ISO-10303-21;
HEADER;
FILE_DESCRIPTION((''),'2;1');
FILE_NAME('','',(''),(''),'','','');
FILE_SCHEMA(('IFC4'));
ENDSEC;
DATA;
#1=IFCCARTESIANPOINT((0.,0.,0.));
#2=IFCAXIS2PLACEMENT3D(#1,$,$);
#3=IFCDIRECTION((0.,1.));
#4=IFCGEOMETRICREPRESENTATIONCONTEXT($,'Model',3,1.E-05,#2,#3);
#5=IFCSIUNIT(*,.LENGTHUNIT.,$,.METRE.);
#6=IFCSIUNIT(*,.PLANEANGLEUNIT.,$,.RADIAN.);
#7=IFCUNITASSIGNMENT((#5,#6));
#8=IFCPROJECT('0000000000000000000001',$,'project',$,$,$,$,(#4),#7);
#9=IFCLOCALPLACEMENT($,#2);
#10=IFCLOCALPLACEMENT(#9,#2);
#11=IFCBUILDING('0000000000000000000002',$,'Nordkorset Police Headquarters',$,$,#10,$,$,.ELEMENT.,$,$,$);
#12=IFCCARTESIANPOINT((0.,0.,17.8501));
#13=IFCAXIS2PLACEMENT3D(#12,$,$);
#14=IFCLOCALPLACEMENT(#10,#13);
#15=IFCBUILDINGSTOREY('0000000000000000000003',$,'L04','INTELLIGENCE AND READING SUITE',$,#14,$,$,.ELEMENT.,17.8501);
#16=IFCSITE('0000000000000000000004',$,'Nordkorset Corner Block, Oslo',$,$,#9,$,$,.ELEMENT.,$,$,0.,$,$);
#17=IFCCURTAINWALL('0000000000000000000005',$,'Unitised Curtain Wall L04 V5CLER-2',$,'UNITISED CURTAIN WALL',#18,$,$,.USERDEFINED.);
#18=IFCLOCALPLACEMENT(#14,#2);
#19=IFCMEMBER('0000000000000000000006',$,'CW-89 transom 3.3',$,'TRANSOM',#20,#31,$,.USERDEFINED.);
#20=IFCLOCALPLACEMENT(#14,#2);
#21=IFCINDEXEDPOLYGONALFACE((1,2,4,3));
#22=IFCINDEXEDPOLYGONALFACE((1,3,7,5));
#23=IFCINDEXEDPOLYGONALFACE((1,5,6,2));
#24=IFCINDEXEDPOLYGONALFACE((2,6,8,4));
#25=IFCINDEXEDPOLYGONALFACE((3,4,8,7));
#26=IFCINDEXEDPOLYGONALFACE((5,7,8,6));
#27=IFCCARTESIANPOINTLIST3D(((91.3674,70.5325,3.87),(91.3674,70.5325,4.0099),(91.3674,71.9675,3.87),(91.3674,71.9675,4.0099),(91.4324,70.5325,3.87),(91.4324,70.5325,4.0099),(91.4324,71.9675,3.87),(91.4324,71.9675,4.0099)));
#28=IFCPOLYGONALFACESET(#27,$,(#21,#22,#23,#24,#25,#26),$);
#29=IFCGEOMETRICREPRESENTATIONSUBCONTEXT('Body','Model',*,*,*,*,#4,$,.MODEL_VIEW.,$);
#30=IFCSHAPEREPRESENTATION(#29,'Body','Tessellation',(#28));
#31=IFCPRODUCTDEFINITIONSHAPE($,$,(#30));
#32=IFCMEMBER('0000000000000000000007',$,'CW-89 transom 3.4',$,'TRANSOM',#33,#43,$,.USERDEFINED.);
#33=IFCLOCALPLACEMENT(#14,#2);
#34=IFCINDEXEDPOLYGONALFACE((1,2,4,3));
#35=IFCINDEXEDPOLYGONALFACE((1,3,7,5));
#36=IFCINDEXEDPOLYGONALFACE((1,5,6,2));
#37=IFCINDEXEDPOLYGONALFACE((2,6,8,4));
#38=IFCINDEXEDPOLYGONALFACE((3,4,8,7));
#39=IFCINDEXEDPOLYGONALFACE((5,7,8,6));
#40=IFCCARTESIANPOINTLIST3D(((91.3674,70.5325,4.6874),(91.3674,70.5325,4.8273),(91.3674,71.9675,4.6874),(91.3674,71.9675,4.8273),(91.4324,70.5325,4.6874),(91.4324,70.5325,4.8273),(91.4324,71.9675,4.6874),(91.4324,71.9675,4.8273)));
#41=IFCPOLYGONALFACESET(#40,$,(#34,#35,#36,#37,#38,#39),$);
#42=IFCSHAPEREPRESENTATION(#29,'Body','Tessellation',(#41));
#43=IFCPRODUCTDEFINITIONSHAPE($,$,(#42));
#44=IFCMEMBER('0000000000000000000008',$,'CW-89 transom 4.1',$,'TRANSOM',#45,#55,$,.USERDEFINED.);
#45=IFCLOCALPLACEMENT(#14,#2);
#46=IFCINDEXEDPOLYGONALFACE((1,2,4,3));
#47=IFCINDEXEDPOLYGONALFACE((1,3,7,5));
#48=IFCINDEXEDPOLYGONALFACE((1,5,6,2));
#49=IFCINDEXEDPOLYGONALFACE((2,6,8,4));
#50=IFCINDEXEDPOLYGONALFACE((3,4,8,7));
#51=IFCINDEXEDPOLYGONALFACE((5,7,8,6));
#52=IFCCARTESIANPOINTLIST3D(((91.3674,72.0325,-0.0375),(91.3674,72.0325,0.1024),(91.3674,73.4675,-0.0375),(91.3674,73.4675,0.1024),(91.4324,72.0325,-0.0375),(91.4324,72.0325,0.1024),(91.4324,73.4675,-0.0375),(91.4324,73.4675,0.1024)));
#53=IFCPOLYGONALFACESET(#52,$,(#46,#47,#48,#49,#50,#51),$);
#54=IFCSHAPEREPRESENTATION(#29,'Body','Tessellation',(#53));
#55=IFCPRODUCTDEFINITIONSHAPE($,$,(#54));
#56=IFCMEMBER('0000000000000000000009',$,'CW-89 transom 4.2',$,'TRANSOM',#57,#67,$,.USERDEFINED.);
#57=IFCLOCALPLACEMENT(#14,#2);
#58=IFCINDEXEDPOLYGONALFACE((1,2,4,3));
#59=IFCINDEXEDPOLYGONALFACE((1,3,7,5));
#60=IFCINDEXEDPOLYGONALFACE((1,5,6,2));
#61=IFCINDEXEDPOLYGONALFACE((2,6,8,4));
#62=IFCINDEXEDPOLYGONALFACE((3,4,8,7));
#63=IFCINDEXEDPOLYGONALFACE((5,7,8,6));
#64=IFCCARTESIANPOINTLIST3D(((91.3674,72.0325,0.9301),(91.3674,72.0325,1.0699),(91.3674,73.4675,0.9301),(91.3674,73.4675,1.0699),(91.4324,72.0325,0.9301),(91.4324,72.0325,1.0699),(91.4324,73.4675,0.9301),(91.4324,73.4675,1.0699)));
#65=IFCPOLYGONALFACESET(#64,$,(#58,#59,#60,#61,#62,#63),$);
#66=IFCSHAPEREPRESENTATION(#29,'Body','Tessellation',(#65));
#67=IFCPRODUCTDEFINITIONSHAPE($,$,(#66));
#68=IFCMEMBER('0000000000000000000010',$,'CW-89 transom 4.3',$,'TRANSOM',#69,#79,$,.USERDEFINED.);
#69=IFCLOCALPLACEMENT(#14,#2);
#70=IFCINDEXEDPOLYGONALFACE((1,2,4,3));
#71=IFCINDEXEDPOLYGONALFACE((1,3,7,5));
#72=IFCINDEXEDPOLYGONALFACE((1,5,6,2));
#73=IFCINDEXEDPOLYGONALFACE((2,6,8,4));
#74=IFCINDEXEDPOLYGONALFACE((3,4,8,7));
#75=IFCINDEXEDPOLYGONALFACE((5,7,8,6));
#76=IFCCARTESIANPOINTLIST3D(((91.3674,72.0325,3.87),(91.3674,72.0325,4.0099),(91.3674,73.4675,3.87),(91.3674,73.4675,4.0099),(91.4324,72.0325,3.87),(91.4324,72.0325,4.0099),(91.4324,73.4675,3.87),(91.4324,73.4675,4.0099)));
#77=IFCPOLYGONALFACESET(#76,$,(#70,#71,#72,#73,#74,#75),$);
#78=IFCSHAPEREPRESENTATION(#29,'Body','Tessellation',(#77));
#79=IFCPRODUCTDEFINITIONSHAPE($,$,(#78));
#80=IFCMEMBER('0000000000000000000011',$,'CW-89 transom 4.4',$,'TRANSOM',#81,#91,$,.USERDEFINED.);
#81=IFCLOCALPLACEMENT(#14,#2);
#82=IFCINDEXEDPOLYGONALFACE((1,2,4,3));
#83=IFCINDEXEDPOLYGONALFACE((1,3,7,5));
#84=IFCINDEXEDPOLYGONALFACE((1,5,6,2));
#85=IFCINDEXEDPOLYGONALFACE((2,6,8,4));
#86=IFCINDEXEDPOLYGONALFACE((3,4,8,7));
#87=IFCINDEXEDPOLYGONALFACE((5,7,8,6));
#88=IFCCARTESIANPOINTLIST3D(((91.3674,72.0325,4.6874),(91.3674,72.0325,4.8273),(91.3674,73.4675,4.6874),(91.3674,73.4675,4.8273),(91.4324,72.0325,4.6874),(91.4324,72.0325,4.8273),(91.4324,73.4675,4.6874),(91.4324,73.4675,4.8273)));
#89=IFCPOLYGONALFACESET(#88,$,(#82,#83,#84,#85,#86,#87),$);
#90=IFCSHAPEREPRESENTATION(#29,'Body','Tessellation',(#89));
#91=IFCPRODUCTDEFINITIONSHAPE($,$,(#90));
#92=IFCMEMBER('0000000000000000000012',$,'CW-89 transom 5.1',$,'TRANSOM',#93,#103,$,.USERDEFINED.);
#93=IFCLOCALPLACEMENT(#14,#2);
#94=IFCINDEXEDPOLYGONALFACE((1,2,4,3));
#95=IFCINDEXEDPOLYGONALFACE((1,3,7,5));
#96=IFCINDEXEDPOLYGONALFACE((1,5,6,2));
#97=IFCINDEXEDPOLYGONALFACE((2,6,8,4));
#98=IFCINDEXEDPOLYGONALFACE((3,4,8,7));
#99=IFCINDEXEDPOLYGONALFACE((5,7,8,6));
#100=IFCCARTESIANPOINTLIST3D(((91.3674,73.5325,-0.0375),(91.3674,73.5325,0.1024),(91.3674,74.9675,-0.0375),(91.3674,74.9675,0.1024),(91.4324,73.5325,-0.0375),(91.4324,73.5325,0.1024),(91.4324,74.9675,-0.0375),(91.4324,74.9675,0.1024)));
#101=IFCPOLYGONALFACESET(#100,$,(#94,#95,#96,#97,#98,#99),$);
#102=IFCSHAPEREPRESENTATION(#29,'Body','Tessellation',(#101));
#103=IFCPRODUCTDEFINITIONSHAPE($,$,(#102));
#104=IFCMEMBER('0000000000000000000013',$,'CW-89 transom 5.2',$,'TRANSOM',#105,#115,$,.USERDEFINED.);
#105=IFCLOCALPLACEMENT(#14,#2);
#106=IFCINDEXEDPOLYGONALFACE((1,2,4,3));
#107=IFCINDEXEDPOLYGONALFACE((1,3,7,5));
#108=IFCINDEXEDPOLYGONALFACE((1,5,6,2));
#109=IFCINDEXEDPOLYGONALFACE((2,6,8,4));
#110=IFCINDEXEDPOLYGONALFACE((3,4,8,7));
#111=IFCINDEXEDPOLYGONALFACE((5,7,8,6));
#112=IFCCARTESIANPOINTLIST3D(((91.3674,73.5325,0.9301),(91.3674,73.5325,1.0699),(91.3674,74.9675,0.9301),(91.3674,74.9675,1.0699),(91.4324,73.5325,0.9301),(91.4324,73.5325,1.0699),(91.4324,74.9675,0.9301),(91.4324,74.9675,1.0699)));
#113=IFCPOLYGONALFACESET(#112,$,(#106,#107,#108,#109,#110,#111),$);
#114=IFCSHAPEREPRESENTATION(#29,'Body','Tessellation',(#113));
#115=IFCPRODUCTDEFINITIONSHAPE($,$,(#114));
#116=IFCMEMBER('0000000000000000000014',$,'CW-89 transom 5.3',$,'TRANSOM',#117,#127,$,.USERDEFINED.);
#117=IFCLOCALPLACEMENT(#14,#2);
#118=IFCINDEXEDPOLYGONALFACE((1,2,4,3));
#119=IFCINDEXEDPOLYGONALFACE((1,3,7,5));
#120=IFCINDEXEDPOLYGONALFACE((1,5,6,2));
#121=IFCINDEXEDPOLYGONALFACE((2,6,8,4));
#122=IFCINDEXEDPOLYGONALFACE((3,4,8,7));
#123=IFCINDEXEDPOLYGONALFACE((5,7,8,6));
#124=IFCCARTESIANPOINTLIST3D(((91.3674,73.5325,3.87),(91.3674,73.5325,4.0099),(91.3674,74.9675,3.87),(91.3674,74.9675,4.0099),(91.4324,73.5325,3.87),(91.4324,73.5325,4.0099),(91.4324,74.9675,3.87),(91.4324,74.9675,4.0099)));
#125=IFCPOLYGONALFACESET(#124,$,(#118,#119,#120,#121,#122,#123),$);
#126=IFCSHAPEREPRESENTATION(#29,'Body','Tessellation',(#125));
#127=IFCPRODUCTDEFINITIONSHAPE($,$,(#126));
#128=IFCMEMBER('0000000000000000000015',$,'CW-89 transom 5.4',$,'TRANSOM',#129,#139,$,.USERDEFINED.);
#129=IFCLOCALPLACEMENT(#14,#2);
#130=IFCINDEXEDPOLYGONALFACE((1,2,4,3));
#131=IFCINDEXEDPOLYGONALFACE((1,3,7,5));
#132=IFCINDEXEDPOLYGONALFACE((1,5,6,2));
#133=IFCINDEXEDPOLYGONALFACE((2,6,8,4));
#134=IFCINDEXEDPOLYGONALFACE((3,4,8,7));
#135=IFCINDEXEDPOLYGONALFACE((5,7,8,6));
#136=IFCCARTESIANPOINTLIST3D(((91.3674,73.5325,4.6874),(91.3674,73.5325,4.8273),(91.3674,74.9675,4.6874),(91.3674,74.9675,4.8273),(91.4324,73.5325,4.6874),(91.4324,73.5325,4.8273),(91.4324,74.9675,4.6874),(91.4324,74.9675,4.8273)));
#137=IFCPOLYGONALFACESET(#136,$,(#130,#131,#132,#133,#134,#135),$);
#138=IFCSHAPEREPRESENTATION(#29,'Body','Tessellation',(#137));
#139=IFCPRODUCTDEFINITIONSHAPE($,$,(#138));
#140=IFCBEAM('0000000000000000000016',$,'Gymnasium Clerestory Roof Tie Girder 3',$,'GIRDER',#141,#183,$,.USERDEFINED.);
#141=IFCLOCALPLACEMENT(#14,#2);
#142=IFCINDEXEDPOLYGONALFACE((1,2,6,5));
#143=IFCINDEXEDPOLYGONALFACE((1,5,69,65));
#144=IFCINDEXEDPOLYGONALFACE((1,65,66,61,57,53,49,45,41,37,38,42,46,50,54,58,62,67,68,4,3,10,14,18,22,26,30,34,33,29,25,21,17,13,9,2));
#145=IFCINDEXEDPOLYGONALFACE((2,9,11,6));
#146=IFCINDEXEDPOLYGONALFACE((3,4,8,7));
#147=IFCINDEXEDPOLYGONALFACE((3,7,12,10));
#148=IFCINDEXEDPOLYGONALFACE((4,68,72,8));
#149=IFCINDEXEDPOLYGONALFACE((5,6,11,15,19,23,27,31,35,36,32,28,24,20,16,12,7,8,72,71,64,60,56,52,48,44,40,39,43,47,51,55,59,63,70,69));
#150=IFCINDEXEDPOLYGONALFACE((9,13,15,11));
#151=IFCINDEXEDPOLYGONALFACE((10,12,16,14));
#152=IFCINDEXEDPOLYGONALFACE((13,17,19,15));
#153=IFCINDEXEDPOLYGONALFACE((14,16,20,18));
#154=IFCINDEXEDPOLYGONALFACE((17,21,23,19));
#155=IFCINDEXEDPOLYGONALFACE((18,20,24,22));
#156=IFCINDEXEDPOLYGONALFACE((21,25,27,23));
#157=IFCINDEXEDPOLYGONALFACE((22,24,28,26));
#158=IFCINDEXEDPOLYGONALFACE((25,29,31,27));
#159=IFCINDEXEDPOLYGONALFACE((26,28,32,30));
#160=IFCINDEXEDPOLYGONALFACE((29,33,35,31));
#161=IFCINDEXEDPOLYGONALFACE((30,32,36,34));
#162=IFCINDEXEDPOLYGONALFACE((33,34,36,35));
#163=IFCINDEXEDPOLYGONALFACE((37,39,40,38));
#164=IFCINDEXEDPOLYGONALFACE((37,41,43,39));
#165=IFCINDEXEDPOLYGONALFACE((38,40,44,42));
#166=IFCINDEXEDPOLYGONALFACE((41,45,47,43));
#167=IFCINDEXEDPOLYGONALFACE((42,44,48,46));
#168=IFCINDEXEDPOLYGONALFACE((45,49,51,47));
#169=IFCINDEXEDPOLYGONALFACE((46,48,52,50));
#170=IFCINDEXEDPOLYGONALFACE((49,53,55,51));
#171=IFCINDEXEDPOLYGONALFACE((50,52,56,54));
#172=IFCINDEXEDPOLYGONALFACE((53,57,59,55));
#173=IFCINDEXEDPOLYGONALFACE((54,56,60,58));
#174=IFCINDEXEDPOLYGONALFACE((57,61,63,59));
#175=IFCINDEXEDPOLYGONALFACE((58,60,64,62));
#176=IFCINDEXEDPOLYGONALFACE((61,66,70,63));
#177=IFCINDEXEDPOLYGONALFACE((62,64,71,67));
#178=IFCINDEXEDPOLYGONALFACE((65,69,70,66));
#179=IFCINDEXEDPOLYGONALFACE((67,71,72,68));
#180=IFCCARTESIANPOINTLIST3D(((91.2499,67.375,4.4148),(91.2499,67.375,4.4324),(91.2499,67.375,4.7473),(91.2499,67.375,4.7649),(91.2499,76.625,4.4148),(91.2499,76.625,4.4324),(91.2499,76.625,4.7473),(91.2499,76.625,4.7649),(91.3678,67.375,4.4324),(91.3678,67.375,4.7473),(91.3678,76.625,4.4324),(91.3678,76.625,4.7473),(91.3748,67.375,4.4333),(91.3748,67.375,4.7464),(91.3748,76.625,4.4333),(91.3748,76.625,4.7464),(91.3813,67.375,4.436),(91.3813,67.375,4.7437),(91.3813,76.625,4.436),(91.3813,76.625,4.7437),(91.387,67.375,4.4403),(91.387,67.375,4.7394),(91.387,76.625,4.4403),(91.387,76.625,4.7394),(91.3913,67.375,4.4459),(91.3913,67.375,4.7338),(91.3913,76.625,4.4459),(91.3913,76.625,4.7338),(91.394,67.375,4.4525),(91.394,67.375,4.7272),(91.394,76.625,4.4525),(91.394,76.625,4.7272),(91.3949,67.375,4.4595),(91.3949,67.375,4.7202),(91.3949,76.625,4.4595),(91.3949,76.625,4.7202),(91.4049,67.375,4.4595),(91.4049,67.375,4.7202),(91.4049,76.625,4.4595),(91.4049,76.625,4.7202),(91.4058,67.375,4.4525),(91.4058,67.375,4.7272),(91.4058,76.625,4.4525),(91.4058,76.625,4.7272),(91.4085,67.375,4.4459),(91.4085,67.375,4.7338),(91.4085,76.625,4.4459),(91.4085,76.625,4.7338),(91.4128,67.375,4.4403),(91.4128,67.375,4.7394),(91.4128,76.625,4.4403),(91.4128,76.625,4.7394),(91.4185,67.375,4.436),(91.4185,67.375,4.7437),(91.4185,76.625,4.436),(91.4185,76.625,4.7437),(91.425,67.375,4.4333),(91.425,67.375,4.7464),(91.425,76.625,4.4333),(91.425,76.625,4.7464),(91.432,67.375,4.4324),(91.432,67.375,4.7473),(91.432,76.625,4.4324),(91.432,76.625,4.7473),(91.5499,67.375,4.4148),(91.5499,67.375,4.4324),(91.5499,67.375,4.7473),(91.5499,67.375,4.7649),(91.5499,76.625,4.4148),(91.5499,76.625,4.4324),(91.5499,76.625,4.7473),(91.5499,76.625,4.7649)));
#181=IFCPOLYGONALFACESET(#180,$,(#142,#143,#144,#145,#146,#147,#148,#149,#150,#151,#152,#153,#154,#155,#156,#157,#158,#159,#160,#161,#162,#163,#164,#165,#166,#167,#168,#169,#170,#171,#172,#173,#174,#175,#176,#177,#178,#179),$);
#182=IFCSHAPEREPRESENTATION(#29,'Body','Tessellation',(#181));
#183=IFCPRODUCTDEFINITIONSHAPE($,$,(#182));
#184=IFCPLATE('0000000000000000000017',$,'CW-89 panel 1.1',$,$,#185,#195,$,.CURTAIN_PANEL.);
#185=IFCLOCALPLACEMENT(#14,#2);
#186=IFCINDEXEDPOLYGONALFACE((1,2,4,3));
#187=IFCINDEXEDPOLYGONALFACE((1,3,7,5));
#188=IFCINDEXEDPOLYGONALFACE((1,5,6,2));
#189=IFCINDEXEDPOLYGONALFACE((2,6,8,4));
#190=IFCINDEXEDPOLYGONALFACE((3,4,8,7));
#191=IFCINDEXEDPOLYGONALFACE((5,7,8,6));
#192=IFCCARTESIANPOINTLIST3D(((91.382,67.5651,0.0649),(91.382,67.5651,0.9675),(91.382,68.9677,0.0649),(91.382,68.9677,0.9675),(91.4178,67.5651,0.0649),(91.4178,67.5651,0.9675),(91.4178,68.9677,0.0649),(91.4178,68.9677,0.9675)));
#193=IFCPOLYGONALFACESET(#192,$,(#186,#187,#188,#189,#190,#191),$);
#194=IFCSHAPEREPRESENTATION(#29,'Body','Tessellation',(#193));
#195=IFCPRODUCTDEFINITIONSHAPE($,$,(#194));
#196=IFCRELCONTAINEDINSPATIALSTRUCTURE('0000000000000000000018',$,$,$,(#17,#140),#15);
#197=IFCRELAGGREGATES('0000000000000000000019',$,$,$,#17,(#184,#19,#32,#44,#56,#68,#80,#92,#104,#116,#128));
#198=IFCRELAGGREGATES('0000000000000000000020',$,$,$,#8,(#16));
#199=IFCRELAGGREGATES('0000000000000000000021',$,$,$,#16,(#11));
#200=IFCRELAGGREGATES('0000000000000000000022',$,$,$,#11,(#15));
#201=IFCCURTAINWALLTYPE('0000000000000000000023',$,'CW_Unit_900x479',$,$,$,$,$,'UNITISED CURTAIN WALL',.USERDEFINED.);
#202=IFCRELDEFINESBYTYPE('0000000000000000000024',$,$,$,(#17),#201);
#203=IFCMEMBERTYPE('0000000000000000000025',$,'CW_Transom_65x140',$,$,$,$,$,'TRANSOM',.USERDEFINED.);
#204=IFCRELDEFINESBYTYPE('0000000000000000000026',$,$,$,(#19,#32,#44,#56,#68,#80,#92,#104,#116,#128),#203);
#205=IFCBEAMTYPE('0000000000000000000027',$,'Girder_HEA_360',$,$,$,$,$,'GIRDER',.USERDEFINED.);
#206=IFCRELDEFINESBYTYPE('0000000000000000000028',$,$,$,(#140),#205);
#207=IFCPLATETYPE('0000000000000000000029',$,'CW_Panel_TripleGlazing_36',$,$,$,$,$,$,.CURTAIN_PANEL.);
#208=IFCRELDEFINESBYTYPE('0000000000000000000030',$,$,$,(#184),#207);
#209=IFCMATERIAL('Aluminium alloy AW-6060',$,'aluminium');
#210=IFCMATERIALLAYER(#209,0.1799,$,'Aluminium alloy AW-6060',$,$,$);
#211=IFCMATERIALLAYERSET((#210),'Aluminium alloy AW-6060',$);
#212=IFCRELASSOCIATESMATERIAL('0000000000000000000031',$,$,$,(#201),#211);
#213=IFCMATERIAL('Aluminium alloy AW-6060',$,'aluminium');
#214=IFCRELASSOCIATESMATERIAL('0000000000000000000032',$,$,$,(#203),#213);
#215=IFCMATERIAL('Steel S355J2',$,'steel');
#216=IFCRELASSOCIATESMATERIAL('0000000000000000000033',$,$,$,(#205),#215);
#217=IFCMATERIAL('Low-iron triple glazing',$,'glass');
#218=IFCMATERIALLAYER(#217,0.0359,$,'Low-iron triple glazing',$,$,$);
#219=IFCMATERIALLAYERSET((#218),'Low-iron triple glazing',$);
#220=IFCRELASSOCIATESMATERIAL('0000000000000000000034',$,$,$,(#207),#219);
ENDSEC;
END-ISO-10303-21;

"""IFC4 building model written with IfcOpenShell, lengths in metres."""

from ifc_helpers import new_model, si_unit, direction, frame, origin, origin_2d, place, context, subcontext, project, spatial, rectangle, i_section, extrude, material, layer, layer_set, material_profile, profile_set, type_object, element, aggregate, save


model = new_model("IFC4")

# Units and contexts
model_context = context("Model", 3, precision=1e-05, world=origin(), true_north=direction((0.0, 1.0)))
body_context = subcontext(model_context, "Body", "Model", "MODEL_VIEW")
ifc_project = project(units=[si_unit("LENGTHUNIT", "METRE"), si_unit("PLANEANGLEUNIT", "RADIAN")], contexts=[model_context])

# Site, building, storey
site_placement = place(None, origin())
site = spatial("IfcSite", under=ifc_project, at=site_placement, Name="Nordkorset Corner Block, Oslo", CompositionType="ELEMENT", RefElevation=0.0)
building_placement = place(site_placement, origin())
building = spatial("IfcBuilding", under=site, at=building_placement, Name="Nordkorset Police Headquarters", CompositionType="ELEMENT")
storey_placement = place(building_placement, frame((0.0, 0.0, 17.8501)))
storey = spatial("IfcBuildingStorey", under=building, at=storey_placement, Name="L04", Description="INTELLIGENCE AND READING SUITE", CompositionType="ELEMENT", Elevation=17.8501)

# Curtain wall, members
ifc_material_1 = material(Name="Aluminium alloy AW-6060", Category="aluminium")
ifc_layer_1 = layer(ifc_material_1, 0.1799, Name="Aluminium alloy AW-6060")
ifc_layer_set_1 = layer_set([ifc_layer_1], Name="Aluminium alloy AW-6060")
curtain_wall_type = type_object("IfcCurtainWallType", Name="CW_Unit_900x479", ElementType="UNITISED CURTAIN WALL", PredefinedType="USERDEFINED", material=ifc_layer_set_1)
curtain_wall_placement = place(storey_placement, origin())
curtain_wall = element("IfcCurtainWall", 1, at=curtain_wall_placement, inside=storey, type_object=curtain_wall_type, Name="Unitised Curtain Wall L04 V5CLER-2", ObjectType="UNITISED CURTAIN WALL", PredefinedType="USERDEFINED")
ifc_material_2 = material(Name="Aluminium alloy AW-6060", Category="aluminium")
ifc_material_profile_1 = material_profile(ifc_material_2, rectangle(XDim=0.0649, YDim=0.1399, at=origin_2d()), Name="ALU TRAN 65x140")
ifc_profile_set_1 = profile_set([ifc_material_profile_1], Name="Aluminium alloy AW-6060")
member_type_1 = type_object("IfcMemberType", Name="CW_Transom_65x140", ElementType="TRANSOM", PredefinedType="USERDEFINED", material=ifc_profile_set_1)
member_1_placement = place(storey_placement, frame((91.3999, 70.5325, 3.9399), z_axis=(0.0, 1.0, 0.0), x_axis=(-1.0, 0.0, 0.0)))
member_1 = element("IfcMember", 2, at=member_1_placement, type_object=member_type_1, Name="CW-89 transom 3.3", ObjectType="TRANSOM", PredefinedType="USERDEFINED", context=body_context, shape_type="SweptSolid", body=[
    extrude(rectangle(XDim=0.0649, YDim=0.1399, at=origin_2d()), origin(), (0.0, 0.0, 1.0), 1.4351),
])
member_2_placement = place(storey_placement, frame((91.3999, 70.5325, 4.7573), z_axis=(0.0, 1.0, 0.0), x_axis=(-1.0, 0.0, 0.0)))
member_2 = element("IfcMember", 3, at=member_2_placement, type_object=member_type_1, Name="CW-89 transom 3.4", ObjectType="TRANSOM", PredefinedType="USERDEFINED", context=body_context, shape_type="SweptSolid", body=[
    extrude(rectangle(XDim=0.0649, YDim=0.1399, at=origin_2d()), origin(), (0.0, 0.0, 1.0), 1.4351),
])
member_3_placement = place(storey_placement, frame((91.3999, 72.0325, 0.0325), z_axis=(0.0, 1.0, 0.0), x_axis=(-1.0, 0.0, 0.0)))
member_3 = element("IfcMember", 4, at=member_3_placement, type_object=member_type_1, Name="CW-89 transom 4.1", ObjectType="TRANSOM", PredefinedType="USERDEFINED", context=body_context, shape_type="SweptSolid", body=[
    extrude(rectangle(XDim=0.0649, YDim=0.1399, at=origin_2d()), origin(), (0.0, 0.0, 1.0), 1.4351),
])
member_4_placement = place(storey_placement, frame((91.3999, 72.0325, 1.0), z_axis=(0.0, 1.0, 0.0), x_axis=(-1.0, 0.0, 0.0)))
member_4 = element("IfcMember", 5, at=member_4_placement, type_object=member_type_1, Name="CW-89 transom 4.2", ObjectType="TRANSOM", PredefinedType="USERDEFINED", context=body_context, shape_type="SweptSolid", body=[
    extrude(rectangle(XDim=0.0649, YDim=0.1399, at=origin_2d()), origin(), (0.0, 0.0, 1.0), 1.4351),
])
member_5_placement = place(storey_placement, frame((91.3999, 72.0325, 3.9399), z_axis=(0.0, 1.0, 0.0), x_axis=(-1.0, 0.0, 0.0)))
member_5 = element("IfcMember", 6, at=member_5_placement, type_object=member_type_1, Name="CW-89 transom 4.3", ObjectType="TRANSOM", PredefinedType="USERDEFINED", context=body_context, shape_type="SweptSolid", body=[
    extrude(rectangle(XDim=0.0649, YDim=0.1399, at=origin_2d()), origin(), (0.0, 0.0, 1.0), 1.4351),
])
member_6_placement = place(storey_placement, frame((91.3999, 72.0325, 4.7573), z_axis=(0.0, 1.0, 0.0), x_axis=(-1.0, 0.0, 0.0)))
member_6 = element("IfcMember", 7, at=member_6_placement, type_object=member_type_1, Name="CW-89 transom 4.4", ObjectType="TRANSOM", PredefinedType="USERDEFINED", context=body_context, shape_type="SweptSolid", body=[
    extrude(rectangle(XDim=0.0649, YDim=0.1399, at=origin_2d()), origin(), (0.0, 0.0, 1.0), 1.4351),
])
member_7_placement = place(storey_placement, frame((91.3999, 73.5325, 0.0325), z_axis=(0.0, 1.0, 0.0), x_axis=(-1.0, 0.0, 0.0)))
member_7 = element("IfcMember", 8, at=member_7_placement, type_object=member_type_1, Name="CW-89 transom 5.1", ObjectType="TRANSOM", PredefinedType="USERDEFINED", context=body_context, shape_type="SweptSolid", body=[
    extrude(rectangle(XDim=0.0649, YDim=0.1399, at=origin_2d()), origin(), (0.0, 0.0, 1.0), 1.4351),
])
member_8_placement = place(storey_placement, frame((91.3999, 73.5325, 1.0), z_axis=(0.0, 1.0, 0.0), x_axis=(-1.0, 0.0, 0.0)))
member_8 = element("IfcMember", 9, at=member_8_placement, type_object=member_type_1, Name="CW-89 transom 5.2", ObjectType="TRANSOM", PredefinedType="USERDEFINED", context=body_context, shape_type="SweptSolid", body=[
    extrude(rectangle(XDim=0.0649, YDim=0.1399, at=origin_2d()), origin(), (0.0, 0.0, 1.0), 1.4351),
])
member_9_placement = place(storey_placement, frame((91.3999, 73.5325, 3.9399), z_axis=(0.0, 1.0, 0.0), x_axis=(-1.0, 0.0, 0.0)))
member_9 = element("IfcMember", 10, at=member_9_placement, type_object=member_type_1, Name="CW-89 transom 5.3", ObjectType="TRANSOM", PredefinedType="USERDEFINED", context=body_context, shape_type="SweptSolid", body=[
    extrude(rectangle(XDim=0.0649, YDim=0.1399, at=origin_2d()), origin(), (0.0, 0.0, 1.0), 1.4351),
])
member_10_placement = place(storey_placement, frame((91.3999, 73.5325, 4.7573), z_axis=(0.0, 1.0, 0.0), x_axis=(-1.0, 0.0, 0.0)))
member_10 = element("IfcMember", 11, at=member_10_placement, type_object=member_type_1, Name="CW-89 transom 5.4", ObjectType="TRANSOM", PredefinedType="USERDEFINED", context=body_context, shape_type="SweptSolid", body=[
    extrude(rectangle(XDim=0.0649, YDim=0.1399, at=origin_2d()), origin(), (0.0, 0.0, 1.0), 1.4351),
])

# Beam
ifc_material_3 = material(Name="Steel S355J2", Category="steel")
ifc_material_profile_2 = material_profile(ifc_material_3, i_section(OverallWidth=0.3, OverallDepth=0.3501, WebThickness=0.01, FlangeThickness=0.0176, FilletRadius=0.0271, at=origin_2d()), Name="HEA 360")
ifc_profile_set_2 = profile_set([ifc_material_profile_2], Name="Steel S355J2")
beam_type = type_object("IfcBeamType", Name="Girder_HEA_360", ElementType="GIRDER", PredefinedType="USERDEFINED", material=ifc_profile_set_2)
beam_placement = place(storey_placement, frame((91.3999, 67.375, 4.5898), z_axis=(0.0, 1.0, 0.0), x_axis=(-1.0, 0.0, 0.0)))
element("IfcBeam", 12, at=beam_placement, inside=storey, type_object=beam_type, Name="Gymnasium Clerestory Roof Tie Girder 3", ObjectType="GIRDER", PredefinedType="USERDEFINED", context=body_context, shape_type="SweptSolid", body=[
    extrude(i_section(OverallWidth=0.3, OverallDepth=0.3501, WebThickness=0.01, FlangeThickness=0.0176, FilletRadius=0.0271, at=origin_2d()), origin(), (0.0, 0.0, 1.0), 9.25),
])

# Plate
ifc_material_4 = material(Name="Low-iron triple glazing", Category="glass")
ifc_layer_2 = layer(ifc_material_4, 0.0359, Name="Low-iron triple glazing")
ifc_layer_set_2 = layer_set([ifc_layer_2], Name="Low-iron triple glazing")
plate_type = type_object("IfcPlateType", Name="CW_Panel_TripleGlazing_36", PredefinedType="CURTAIN_PANEL", material=ifc_layer_set_2)
plate_1_placement = place(storey_placement, frame((91.3999, 68.2664, 0.0649), z_axis=(0.0, 0.0, 1.0), x_axis=(0.0, 1.0, 0.0)))
plate_1 = element("IfcPlate", 13, at=plate_1_placement, type_object=plate_type, Name="CW-89 panel 1.1", PredefinedType="CURTAIN_PANEL", context=body_context, shape_type="SweptSolid", body=[
    extrude(rectangle(XDim=1.4026, YDim=0.0359, at=origin_2d()), origin(), (0.0, 0.0, 1.0), 0.9026),
])
aggregate(curtain_wall, [plate_1, member_1, member_2, member_3, member_4, member_5, member_6, member_7, member_8, member_9, member_10])

save(model, "model.ifc")
